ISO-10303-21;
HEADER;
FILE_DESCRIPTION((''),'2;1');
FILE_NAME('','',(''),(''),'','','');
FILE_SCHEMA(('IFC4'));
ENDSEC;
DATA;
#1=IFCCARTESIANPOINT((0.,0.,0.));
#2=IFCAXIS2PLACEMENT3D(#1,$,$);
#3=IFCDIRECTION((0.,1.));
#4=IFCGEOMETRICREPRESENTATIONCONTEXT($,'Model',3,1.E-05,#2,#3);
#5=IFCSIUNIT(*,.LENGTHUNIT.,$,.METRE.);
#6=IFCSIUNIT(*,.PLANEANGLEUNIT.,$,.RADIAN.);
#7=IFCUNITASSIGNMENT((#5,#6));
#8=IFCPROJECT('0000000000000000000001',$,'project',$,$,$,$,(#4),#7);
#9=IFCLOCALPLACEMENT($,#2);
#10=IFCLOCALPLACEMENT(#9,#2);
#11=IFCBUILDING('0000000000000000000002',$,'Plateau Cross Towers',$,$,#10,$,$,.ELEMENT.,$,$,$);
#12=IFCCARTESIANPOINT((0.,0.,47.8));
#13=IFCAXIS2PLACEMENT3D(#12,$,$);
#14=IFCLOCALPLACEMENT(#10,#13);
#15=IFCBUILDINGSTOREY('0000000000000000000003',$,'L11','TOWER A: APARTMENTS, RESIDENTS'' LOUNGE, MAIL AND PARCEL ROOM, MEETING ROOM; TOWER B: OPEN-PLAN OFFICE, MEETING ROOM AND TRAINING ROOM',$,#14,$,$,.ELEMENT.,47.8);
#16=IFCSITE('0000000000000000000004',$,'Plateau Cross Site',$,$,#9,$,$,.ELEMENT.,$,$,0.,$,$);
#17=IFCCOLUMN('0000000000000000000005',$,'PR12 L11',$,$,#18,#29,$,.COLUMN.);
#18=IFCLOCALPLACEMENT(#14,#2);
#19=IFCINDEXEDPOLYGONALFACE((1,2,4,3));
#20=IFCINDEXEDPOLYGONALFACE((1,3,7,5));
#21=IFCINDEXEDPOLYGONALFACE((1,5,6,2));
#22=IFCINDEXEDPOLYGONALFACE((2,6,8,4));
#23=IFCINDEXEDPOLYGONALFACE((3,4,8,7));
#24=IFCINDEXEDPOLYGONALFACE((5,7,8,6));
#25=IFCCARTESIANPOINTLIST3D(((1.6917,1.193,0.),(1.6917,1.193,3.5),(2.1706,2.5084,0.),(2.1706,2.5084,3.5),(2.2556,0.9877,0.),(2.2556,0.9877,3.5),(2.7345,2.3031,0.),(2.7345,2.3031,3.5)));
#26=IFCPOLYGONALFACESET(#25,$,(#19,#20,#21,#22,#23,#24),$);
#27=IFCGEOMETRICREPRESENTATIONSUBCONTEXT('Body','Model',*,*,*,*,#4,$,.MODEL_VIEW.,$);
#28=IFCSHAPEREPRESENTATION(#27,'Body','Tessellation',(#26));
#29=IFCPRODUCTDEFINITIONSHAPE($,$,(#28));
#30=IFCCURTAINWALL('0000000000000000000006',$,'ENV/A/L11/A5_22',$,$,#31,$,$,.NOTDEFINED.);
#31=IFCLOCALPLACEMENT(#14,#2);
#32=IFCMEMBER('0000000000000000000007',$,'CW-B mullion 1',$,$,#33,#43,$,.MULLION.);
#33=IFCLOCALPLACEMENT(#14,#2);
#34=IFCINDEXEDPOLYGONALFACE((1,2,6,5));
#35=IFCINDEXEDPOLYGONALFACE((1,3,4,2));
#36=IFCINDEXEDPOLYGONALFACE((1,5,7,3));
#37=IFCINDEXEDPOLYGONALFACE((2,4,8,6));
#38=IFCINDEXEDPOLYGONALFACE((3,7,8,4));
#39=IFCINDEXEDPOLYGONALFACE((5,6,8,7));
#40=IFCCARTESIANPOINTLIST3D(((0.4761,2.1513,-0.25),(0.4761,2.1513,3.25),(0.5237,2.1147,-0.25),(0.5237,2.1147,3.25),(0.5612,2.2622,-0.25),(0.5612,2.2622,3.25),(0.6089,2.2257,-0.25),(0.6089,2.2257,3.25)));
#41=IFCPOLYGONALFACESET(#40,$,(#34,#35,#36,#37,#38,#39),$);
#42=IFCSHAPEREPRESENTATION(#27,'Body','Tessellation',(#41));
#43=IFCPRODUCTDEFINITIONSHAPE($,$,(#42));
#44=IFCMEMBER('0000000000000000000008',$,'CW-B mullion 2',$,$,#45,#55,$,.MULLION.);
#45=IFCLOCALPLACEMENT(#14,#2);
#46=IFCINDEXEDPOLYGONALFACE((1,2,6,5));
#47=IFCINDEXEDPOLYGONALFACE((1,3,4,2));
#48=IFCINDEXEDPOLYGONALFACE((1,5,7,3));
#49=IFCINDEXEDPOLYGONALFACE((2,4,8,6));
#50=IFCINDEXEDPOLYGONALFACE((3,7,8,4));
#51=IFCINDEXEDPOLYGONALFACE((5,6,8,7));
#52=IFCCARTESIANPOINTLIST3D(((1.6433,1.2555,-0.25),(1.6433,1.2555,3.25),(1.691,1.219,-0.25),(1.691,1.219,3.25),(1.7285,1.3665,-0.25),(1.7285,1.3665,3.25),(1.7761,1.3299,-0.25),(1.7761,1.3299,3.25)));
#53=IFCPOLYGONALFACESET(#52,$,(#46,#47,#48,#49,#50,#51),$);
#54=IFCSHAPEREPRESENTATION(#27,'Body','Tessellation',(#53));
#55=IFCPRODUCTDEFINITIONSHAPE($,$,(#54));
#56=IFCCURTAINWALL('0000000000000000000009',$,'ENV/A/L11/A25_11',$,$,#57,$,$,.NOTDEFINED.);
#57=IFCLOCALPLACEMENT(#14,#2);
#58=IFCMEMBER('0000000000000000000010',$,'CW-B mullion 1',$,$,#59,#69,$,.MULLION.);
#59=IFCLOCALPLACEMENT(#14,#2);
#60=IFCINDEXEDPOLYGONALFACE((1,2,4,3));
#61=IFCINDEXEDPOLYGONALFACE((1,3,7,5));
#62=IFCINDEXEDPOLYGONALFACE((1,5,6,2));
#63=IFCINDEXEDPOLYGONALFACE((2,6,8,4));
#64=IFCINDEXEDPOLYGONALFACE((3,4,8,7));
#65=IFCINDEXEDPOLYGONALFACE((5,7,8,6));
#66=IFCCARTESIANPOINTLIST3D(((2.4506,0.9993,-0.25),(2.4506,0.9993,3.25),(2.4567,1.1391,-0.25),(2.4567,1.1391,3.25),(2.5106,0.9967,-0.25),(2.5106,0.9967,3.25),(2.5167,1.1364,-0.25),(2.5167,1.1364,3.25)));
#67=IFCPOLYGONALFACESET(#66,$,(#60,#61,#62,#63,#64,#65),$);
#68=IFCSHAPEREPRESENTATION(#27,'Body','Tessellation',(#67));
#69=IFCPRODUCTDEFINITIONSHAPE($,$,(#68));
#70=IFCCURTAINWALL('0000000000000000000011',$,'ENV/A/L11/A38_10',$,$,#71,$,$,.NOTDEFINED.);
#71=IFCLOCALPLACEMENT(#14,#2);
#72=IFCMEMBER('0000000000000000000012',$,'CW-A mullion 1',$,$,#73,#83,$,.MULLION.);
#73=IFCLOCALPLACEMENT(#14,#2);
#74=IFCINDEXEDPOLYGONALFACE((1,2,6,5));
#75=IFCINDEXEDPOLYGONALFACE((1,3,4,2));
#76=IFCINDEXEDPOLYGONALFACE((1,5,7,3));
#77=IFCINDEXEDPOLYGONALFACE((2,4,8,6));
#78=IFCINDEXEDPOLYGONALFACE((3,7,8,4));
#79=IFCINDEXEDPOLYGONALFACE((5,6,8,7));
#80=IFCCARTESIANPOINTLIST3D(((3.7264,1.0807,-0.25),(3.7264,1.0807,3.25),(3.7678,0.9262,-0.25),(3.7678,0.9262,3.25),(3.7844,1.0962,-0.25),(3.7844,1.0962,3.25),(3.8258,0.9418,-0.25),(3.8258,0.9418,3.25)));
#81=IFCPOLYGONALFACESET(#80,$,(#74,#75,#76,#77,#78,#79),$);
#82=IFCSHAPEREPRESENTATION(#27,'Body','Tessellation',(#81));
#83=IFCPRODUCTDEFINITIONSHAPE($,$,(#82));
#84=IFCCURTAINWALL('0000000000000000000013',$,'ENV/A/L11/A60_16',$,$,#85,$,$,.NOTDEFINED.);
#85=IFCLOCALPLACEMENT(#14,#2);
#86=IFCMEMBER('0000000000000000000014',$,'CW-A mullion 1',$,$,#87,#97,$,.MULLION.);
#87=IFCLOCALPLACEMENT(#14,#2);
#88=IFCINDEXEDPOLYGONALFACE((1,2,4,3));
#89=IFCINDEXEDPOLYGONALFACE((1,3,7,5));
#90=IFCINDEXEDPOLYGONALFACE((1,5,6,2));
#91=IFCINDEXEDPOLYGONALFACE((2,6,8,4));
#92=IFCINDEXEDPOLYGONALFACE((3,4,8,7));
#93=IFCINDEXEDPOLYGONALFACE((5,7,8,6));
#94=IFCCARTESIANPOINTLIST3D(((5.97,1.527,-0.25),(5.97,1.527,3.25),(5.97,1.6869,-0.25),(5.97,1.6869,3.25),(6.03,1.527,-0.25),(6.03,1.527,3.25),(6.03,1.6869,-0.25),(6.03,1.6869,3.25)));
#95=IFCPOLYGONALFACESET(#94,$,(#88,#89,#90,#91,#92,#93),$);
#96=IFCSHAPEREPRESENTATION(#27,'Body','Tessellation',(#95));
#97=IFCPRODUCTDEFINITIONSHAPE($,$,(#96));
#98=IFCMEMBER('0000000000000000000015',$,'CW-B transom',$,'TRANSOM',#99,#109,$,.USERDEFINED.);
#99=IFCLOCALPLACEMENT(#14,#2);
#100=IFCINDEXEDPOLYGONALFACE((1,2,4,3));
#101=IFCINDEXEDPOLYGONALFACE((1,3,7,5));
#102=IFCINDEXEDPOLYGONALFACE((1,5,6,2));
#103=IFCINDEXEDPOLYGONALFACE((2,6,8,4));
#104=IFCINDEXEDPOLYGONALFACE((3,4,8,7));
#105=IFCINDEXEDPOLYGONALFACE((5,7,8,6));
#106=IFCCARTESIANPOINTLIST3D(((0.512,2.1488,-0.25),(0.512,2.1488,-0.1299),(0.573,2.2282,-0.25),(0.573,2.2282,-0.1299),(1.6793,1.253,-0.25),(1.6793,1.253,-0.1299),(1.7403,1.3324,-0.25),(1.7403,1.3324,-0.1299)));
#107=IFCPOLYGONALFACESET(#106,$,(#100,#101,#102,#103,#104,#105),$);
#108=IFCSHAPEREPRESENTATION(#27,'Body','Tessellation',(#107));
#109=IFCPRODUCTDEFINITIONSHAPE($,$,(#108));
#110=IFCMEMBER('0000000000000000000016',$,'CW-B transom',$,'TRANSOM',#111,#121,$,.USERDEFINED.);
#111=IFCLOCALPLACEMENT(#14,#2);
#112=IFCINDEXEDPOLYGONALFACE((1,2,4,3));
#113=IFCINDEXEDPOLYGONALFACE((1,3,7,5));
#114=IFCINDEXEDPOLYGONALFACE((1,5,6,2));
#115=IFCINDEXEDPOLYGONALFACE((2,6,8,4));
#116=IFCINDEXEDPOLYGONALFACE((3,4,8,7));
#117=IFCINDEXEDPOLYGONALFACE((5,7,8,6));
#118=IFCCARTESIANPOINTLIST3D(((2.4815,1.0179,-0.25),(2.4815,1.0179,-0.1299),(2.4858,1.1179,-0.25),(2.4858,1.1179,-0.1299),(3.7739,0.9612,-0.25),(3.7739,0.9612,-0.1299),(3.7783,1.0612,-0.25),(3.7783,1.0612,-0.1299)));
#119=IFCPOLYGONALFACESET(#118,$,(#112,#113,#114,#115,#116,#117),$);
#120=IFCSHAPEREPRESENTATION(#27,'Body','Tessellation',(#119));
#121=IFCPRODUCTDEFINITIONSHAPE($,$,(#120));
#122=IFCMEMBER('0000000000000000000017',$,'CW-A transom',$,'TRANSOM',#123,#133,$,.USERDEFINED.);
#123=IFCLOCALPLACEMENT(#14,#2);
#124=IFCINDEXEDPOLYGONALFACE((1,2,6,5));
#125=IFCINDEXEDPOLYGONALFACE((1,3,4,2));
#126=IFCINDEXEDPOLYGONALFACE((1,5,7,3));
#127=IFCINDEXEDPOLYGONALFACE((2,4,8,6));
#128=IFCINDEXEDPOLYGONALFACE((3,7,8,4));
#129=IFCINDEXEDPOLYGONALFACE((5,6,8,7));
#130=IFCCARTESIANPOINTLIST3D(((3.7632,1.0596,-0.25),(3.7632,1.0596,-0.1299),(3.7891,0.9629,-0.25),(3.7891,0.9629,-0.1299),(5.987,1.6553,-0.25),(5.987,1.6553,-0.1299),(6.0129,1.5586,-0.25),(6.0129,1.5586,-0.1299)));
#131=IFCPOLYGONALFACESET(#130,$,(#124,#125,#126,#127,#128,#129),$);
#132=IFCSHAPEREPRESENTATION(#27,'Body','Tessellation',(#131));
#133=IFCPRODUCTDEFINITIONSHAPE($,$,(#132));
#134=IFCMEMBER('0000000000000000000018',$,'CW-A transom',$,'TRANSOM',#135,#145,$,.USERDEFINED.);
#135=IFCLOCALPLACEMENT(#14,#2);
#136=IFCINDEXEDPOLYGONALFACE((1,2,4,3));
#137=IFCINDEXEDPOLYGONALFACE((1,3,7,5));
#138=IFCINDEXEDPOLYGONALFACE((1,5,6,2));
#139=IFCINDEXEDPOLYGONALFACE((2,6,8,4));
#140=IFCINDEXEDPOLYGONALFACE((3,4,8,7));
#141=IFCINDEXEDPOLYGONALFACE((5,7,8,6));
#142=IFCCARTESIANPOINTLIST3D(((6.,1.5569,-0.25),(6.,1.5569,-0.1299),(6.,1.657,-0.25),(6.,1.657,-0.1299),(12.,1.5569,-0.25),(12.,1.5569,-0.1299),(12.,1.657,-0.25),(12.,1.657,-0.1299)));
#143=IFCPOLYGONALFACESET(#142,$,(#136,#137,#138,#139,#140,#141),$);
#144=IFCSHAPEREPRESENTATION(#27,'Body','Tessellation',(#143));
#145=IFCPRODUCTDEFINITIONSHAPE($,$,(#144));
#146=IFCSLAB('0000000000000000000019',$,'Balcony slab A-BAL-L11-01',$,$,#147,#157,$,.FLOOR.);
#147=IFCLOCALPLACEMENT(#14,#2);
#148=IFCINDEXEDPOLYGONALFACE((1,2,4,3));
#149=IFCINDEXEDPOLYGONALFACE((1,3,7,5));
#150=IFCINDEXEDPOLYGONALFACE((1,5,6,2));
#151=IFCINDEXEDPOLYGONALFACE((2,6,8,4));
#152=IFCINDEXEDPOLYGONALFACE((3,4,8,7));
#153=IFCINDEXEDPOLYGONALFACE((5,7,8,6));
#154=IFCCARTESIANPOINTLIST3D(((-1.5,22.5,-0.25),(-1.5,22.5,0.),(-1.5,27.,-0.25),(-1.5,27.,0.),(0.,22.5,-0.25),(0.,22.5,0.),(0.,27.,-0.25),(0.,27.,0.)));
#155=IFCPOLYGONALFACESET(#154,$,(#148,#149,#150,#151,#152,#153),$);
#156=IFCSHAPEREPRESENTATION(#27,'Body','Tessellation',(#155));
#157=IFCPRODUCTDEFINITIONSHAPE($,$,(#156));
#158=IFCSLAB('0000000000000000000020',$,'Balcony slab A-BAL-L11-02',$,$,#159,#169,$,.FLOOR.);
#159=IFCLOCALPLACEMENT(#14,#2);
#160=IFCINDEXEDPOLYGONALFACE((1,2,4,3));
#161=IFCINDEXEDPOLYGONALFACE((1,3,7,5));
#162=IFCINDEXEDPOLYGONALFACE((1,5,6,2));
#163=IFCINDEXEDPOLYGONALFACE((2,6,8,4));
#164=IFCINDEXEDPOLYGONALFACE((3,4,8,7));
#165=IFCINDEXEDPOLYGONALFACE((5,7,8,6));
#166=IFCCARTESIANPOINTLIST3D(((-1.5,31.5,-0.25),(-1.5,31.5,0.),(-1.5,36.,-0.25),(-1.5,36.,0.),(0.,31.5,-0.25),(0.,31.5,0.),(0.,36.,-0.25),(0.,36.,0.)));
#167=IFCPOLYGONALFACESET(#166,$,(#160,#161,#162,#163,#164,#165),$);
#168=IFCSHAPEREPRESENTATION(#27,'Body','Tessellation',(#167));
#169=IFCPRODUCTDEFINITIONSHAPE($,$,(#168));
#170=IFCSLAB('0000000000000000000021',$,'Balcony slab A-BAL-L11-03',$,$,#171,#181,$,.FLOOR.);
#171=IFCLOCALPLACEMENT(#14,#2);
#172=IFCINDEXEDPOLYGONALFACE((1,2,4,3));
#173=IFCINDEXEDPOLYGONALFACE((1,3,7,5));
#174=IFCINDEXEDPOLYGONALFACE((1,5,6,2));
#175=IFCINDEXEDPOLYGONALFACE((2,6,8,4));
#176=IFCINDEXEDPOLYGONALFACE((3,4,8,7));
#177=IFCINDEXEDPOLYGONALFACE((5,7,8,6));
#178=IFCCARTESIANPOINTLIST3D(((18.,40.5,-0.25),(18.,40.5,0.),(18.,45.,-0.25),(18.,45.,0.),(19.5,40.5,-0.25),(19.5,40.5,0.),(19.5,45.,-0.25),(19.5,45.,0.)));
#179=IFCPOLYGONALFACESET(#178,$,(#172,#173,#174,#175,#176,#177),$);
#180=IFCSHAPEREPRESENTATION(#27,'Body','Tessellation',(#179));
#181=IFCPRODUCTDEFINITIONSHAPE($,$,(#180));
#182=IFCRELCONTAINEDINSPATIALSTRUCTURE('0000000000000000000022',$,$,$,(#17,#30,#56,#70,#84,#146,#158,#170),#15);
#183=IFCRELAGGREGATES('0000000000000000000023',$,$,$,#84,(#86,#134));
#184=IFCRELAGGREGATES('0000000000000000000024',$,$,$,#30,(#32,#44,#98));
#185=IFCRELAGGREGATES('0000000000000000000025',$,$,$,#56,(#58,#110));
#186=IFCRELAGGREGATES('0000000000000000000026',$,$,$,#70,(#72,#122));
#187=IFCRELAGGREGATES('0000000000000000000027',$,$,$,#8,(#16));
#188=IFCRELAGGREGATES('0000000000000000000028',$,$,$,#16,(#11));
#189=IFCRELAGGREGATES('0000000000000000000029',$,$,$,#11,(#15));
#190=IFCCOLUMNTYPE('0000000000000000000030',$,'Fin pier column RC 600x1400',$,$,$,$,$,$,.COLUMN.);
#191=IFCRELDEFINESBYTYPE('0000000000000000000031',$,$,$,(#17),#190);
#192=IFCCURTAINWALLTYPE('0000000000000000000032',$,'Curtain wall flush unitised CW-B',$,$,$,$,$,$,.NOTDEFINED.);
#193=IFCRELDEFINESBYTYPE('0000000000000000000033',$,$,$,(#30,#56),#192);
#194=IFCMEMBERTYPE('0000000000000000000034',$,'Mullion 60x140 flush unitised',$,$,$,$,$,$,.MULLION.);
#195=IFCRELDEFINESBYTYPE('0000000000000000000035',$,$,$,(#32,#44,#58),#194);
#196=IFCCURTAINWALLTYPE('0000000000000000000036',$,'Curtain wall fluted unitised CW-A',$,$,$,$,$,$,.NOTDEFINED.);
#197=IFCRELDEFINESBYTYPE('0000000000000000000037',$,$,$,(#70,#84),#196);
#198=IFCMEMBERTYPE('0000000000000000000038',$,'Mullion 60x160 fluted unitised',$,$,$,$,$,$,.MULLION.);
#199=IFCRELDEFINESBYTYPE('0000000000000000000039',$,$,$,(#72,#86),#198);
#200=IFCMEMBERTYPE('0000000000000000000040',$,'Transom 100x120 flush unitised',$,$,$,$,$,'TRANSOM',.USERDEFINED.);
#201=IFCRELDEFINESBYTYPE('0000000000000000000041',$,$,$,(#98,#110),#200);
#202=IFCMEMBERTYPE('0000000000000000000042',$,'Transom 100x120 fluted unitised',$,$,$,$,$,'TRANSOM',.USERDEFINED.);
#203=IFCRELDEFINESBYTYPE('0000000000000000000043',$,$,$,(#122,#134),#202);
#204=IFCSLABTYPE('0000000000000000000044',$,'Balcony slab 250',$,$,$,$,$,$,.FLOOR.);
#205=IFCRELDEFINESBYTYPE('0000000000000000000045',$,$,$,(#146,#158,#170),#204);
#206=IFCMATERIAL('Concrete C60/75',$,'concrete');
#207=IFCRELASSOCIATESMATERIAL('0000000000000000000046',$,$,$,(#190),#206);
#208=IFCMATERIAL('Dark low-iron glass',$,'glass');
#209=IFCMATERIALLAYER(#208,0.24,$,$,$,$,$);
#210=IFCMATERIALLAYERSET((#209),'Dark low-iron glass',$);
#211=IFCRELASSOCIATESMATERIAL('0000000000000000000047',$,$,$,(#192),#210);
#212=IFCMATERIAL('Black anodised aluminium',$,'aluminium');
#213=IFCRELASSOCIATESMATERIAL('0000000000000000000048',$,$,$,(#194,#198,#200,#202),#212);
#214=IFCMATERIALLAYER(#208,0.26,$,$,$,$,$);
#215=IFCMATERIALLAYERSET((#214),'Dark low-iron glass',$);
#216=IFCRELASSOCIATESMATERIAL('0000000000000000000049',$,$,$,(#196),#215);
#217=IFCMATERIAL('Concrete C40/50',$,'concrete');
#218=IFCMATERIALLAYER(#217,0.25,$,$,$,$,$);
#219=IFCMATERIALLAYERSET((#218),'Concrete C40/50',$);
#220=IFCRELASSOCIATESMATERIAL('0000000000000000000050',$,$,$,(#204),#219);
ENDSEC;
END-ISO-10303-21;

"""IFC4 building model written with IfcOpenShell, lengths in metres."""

from ifc_helpers import new_model, si_unit, direction, frame, origin, origin_2d, place, context, subcontext, project, spatial, polyline, rectangle, outline, extrude, material, layer, layer_set, material_profile, profile_set, type_object, element, aggregate, save


model = new_model("IFC4")

# Units and contexts
model_context = context("Model", 3, precision=1e-05, world=origin(), true_north=direction((0.0, 1.0)))
body_context = subcontext(model_context, "Body", "Model", "MODEL_VIEW")
ifc_project = project(units=[si_unit("LENGTHUNIT", "METRE"), si_unit("PLANEANGLEUNIT", "RADIAN")], contexts=[model_context])

# Site, building, storey
site_placement = place(None, origin())
site = spatial("IfcSite", under=ifc_project, at=site_placement, Name="Plateau Cross Site", CompositionType="ELEMENT", RefElevation=0.0)
building_placement = place(site_placement, origin())
building = spatial("IfcBuilding", under=site, at=building_placement, Name="Plateau Cross Towers", CompositionType="ELEMENT")
storey_placement = place(building_placement, frame((0.0, 0.0, 47.8)))
storey = spatial("IfcBuildingStorey", under=building, at=storey_placement, Name="L11", Description="TOWER A: APARTMENTS, RESIDENTS' LOUNGE, MAIL AND PARCEL ROOM, MEETING ROOM; TOWER B: OPEN-PLAN OFFICE, MEETING ROOM AND TRAINING ROOM", CompositionType="ELEMENT", Elevation=47.8)

# Column
ifc_material_1 = material(Name="Concrete C60/75", Category="concrete")
ifc_material_profile_1 = material_profile(ifc_material_1, rectangle(XDim=0.6001, YDim=1.3999, at=origin_2d()), Name="RC 600x1400")
ifc_profile_set_1 = profile_set([ifc_material_profile_1], Name="Concrete C60/75")
column_type = type_object("IfcColumnType", Name="Fin pier column RC 600x1400", PredefinedType="COLUMN", material=ifc_profile_set_1)
column_placement = place(storey_placement, frame((2.2131, 1.748, 0.0), z_axis=(0.0, 0.0, 1.0), x_axis=(-0.939664, 0.342098, 0.0)))
element("IfcColumn", 1, at=column_placement, inside=storey, type_object=column_type, Name="PR12 L11", PredefinedType="COLUMN", context=body_context, shape_type="SweptSolid", body=[
    extrude(rectangle(XDim=0.6001, YDim=1.3999, at=origin_2d()), origin(), (0.0, 0.0, 1.0), 3.5),
])

# Curtain wall, members
ifc_material_2 = material(Name="Dark low-iron glass", Category="glass")
ifc_layer_1 = layer(ifc_material_2, 0.24)
ifc_layer_set_1 = layer_set([ifc_layer_1], Name="Dark low-iron glass")
curtain_wall_type_1 = type_object("IfcCurtainWallType", Name="Curtain wall flush unitised CW-B", PredefinedType="NOTDEFINED", material=ifc_layer_set_1)
curtain_wall_1_placement = place(storey_placement, origin())
curtain_wall_1 = element("IfcCurtainWall", 2, at=curtain_wall_1_placement, inside=storey, type_object=curtain_wall_type_1, Name="ENV/A/L11/A5_22", PredefinedType="NOTDEFINED")
ifc_material_3 = material(Name="Black anodised aluminium", Category="aluminium")
ifc_material_profile_2 = material_profile(ifc_material_3, rectangle(XDim=0.0601, YDim=0.1399, at=origin_2d()), Name="MULLION 60x140")
ifc_profile_set_2 = profile_set([ifc_material_profile_2], Name="Black anodised aluminium")
member_type_1 = type_object("IfcMemberType", Name="Mullion 60x140 flush unitised", PredefinedType="MULLION", material=ifc_profile_set_2)
member_1_placement = place(storey_placement, frame((0.5425, 2.1885, -0.25), z_axis=(0.0, 0.0, 1.0), x_axis=(0.793316, -0.608811, 0.0)))
member_1 = element("IfcMember", 3, at=member_1_placement, type_object=member_type_1, Name="CW-B mullion 1", PredefinedType="MULLION", context=body_context, shape_type="SweptSolid", body=[
    extrude(rectangle(XDim=0.0601, YDim=0.1399, at=origin_2d()), origin(), (0.0, 0.0, 1.0), 3.5),
])
member_2_placement = place(storey_placement, frame((1.7097, 1.2927, -0.25), z_axis=(0.0, 0.0, 1.0), x_axis=(0.793316, -0.608811, 0.0)))
member_2 = element("IfcMember", 4, at=member_2_placement, type_object=member_type_1, Name="CW-B mullion 2", PredefinedType="MULLION", context=body_context, shape_type="SweptSolid", body=[
    extrude(rectangle(XDim=0.0601, YDim=0.1399, at=origin_2d()), origin(), (0.0, 0.0, 1.0), 3.5),
])

# Curtain walls, members
curtain_wall_2_placement = place(storey_placement, origin())
curtain_wall_2 = element("IfcCurtainWall", 5, at=curtain_wall_2_placement, inside=storey, type_object=curtain_wall_type_1, Name="ENV/A/L11/A25_11", PredefinedType="NOTDEFINED")
member_3_placement = place(storey_placement, frame((2.4836, 1.0679, -0.25), z_axis=(0.0, 0.0, 1.0), x_axis=(0.999044, -0.043723, 0.0)))
member_3 = element("IfcMember", 6, at=member_3_placement, type_object=member_type_1, Name="CW-B mullion 1", PredefinedType="MULLION", context=body_context, shape_type="SweptSolid", body=[
    extrude(rectangle(XDim=0.0601, YDim=0.1399, at=origin_2d()), origin(), (0.0, 0.0, 1.0), 3.5),
])
ifc_layer_2 = layer(ifc_material_2, 0.26)
ifc_layer_set_2 = layer_set([ifc_layer_2], Name="Dark low-iron glass")
curtain_wall_type_2 = type_object("IfcCurtainWallType", Name="Curtain wall fluted unitised CW-A", PredefinedType="NOTDEFINED", material=ifc_layer_set_2)
curtain_wall_3_placement = place(storey_placement, origin())
curtain_wall_3 = element("IfcCurtainWall", 7, at=curtain_wall_3_placement, inside=storey, type_object=curtain_wall_type_2, Name="ENV/A/L11/A38_10", PredefinedType="NOTDEFINED")
ifc_material_profile_3 = material_profile(ifc_material_3, rectangle(XDim=0.0601, YDim=0.1599, at=origin_2d()), Name="MULLION 60x160")
ifc_profile_set_3 = profile_set([ifc_material_profile_3], Name="Black anodised aluminium")
member_type_2 = type_object("IfcMemberType", Name="Mullion 60x160 fluted unitised", PredefinedType="MULLION", material=ifc_profile_set_3)
member_4_placement = place(storey_placement, frame((3.7761, 1.0112, -0.25), z_axis=(0.0, 0.0, 1.0), x_axis=(0.965958, 0.258699, 0.0)))
member_4 = element("IfcMember", 8, at=member_4_placement, type_object=member_type_2, Name="CW-A mullion 1", PredefinedType="MULLION", context=body_context, shape_type="SweptSolid", body=[
    extrude(rectangle(XDim=0.0601, YDim=0.1599, at=origin_2d()), origin(), (0.0, 0.0, 1.0), 3.5),
])
curtain_wall_4_placement = place(storey_placement, origin())
curtain_wall_4 = element("IfcCurtainWall", 9, at=curtain_wall_4_placement, inside=storey, type_object=curtain_wall_type_2, Name="ENV/A/L11/A60_16", PredefinedType="NOTDEFINED")
member_5_placement = place(storey_placement, frame((6.0, 1.6069, -0.25), z_axis=(0.0, 0.0, 1.0), x_axis=(1.0, 0.0, 0.0)))
member_5 = element("IfcMember", 10, at=member_5_placement, type_object=member_type_2, Name="CW-A mullion 1", PredefinedType="MULLION", context=body_context, shape_type="SweptSolid", body=[
    extrude(rectangle(XDim=0.0601, YDim=0.1599, at=origin_2d()), origin(), (0.0, 0.0, 1.0), 3.5),
])

# Members
ifc_material_profile_4 = material_profile(ifc_material_3, rectangle(XDim=0.1001, YDim=0.1201, at=origin_2d()), Name="TRANSOM 100x120")
ifc_profile_set_4 = profile_set([ifc_material_profile_4], Name="Black anodised aluminium")
member_type_3 = type_object("IfcMemberType", Name="Transom 100x120 flush unitised", ElementType="TRANSOM", PredefinedType="USERDEFINED", material=ifc_profile_set_4)
member_6_placement = place(storey_placement, frame((0.5425, 2.1885, -0.1899), z_axis=(0.793321, -0.608804, 0.0), x_axis=(0.608804, 0.793321, 0.0)))
member_6 = element("IfcMember", 11, at=member_6_placement, type_object=member_type_3, Name="CW-B transom", ObjectType="TRANSOM", PredefinedType="USERDEFINED", context=body_context, shape_type="SweptSolid", body=[
    extrude(rectangle(XDim=0.1001, YDim=0.1201, at=origin_2d()), origin(), (0.0, 0.0, 1.0), 1.4714),
])
member_7_placement = place(storey_placement, frame((2.4836, 1.0679, -0.1899), z_axis=(0.999041, -0.043781, 0.0), x_axis=(0.043781, 0.999041, 0.0)))
member_7 = element("IfcMember", 12, at=member_7_placement, type_object=member_type_3, Name="CW-B transom", ObjectType="TRANSOM", PredefinedType="USERDEFINED", context=body_context, shape_type="SweptSolid", body=[
    extrude(rectangle(XDim=0.1001, YDim=0.1201, at=origin_2d()), origin(), (0.0, 0.0, 1.0), 1.2937),
])
ifc_material_profile_5 = material_profile(ifc_material_3, rectangle(XDim=0.1001, YDim=0.1201, at=origin_2d()), Name="TRANSOM 100x120")
ifc_profile_set_5 = profile_set([ifc_material_profile_5], Name="Black anodised aluminium")
member_type_4 = type_object("IfcMemberType", Name="Transom 100x120 fluted unitised", ElementType="TRANSOM", PredefinedType="USERDEFINED", material=ifc_profile_set_5)
member_8_placement = place(storey_placement, frame((3.7761, 1.0112, -0.1899), z_axis=(0.965946, 0.258745, 0.0), x_axis=(-0.258745, 0.965946, 0.0)))
member_8 = element("IfcMember", 13, at=member_8_placement, type_object=member_type_4, Name="CW-A transom", ObjectType="TRANSOM", PredefinedType="USERDEFINED", context=body_context, shape_type="SweptSolid", body=[
    extrude(rectangle(XDim=0.1001, YDim=0.1201, at=origin_2d()), origin(), (0.0, 0.0, 1.0), 2.3022),
])
member_9_placement = place(storey_placement, frame((6.0, 1.6069, -0.1899), z_axis=(1.0, 0.0, 0.0), x_axis=(0.0, 1.0, 0.0)))
member_9 = element("IfcMember", 14, at=member_9_placement, type_object=member_type_4, Name="CW-A transom", ObjectType="TRANSOM", PredefinedType="USERDEFINED", context=body_context, shape_type="SweptSolid", body=[
    extrude(rectangle(XDim=0.1001, YDim=0.1201, at=origin_2d()), origin(), (0.0, 0.0, 1.0), 6.0),
])
aggregate(curtain_wall_4, [member_5, member_9])

# Slabs
ifc_material_4 = material(Name="Concrete C40/50", Category="concrete")
ifc_layer_3 = layer(ifc_material_4, 0.25)
ifc_layer_set_3 = layer_set([ifc_layer_3], Name="Concrete C40/50")
slab_type_1 = type_object("IfcSlabType", Name="Balcony slab 250", PredefinedType="FLOOR", material=ifc_layer_set_3)
slab_1_placement = place(storey_placement, frame((0.0, 0.0, -0.25)))
element("IfcSlab", 15, at=slab_1_placement, inside=storey, type_object=slab_type_1, Name="Balcony slab A-BAL-L11-01", PredefinedType="FLOOR", context=body_context, shape_type="SweptSolid", body=[
    extrude(outline(polyline([(0.0, 22.5), (0.0, 27.0), (-1.5, 27.0), (-1.5, 22.5), (0.0, 22.5)])), origin(), (0.0, 0.0, 1.0), 0.25),
])
slab_2_placement = place(storey_placement, frame((0.0, 0.0, -0.25)))
element("IfcSlab", 16, at=slab_2_placement, inside=storey, type_object=slab_type_1, Name="Balcony slab A-BAL-L11-02", PredefinedType="FLOOR", context=body_context, shape_type="SweptSolid", body=[
    extrude(outline(polyline([(0.0, 31.5), (0.0, 36.0), (-1.5, 36.0), (-1.5, 31.5), (0.0, 31.5)])), origin(), (0.0, 0.0, 1.0), 0.25),
])
slab_3_placement = place(storey_placement, frame((0.0, 0.0, -0.25)))
element("IfcSlab", 17, at=slab_3_placement, inside=storey, type_object=slab_type_1, Name="Balcony slab A-BAL-L11-03", PredefinedType="FLOOR", context=body_context, shape_type="SweptSolid", body=[
    extrude(outline(polyline([(19.5, 40.5), (19.5, 45.0), (18.0, 45.0), (18.0, 40.5), (19.5, 40.5)])), origin(), (0.0, 0.0, 1.0), 0.25),
])

aggregate(curtain_wall_1, [member_1, member_2, member_6])
aggregate(curtain_wall_2, [member_3, member_7])
aggregate(curtain_wall_3, [member_4, member_8])

save(model, "model.ifc")
